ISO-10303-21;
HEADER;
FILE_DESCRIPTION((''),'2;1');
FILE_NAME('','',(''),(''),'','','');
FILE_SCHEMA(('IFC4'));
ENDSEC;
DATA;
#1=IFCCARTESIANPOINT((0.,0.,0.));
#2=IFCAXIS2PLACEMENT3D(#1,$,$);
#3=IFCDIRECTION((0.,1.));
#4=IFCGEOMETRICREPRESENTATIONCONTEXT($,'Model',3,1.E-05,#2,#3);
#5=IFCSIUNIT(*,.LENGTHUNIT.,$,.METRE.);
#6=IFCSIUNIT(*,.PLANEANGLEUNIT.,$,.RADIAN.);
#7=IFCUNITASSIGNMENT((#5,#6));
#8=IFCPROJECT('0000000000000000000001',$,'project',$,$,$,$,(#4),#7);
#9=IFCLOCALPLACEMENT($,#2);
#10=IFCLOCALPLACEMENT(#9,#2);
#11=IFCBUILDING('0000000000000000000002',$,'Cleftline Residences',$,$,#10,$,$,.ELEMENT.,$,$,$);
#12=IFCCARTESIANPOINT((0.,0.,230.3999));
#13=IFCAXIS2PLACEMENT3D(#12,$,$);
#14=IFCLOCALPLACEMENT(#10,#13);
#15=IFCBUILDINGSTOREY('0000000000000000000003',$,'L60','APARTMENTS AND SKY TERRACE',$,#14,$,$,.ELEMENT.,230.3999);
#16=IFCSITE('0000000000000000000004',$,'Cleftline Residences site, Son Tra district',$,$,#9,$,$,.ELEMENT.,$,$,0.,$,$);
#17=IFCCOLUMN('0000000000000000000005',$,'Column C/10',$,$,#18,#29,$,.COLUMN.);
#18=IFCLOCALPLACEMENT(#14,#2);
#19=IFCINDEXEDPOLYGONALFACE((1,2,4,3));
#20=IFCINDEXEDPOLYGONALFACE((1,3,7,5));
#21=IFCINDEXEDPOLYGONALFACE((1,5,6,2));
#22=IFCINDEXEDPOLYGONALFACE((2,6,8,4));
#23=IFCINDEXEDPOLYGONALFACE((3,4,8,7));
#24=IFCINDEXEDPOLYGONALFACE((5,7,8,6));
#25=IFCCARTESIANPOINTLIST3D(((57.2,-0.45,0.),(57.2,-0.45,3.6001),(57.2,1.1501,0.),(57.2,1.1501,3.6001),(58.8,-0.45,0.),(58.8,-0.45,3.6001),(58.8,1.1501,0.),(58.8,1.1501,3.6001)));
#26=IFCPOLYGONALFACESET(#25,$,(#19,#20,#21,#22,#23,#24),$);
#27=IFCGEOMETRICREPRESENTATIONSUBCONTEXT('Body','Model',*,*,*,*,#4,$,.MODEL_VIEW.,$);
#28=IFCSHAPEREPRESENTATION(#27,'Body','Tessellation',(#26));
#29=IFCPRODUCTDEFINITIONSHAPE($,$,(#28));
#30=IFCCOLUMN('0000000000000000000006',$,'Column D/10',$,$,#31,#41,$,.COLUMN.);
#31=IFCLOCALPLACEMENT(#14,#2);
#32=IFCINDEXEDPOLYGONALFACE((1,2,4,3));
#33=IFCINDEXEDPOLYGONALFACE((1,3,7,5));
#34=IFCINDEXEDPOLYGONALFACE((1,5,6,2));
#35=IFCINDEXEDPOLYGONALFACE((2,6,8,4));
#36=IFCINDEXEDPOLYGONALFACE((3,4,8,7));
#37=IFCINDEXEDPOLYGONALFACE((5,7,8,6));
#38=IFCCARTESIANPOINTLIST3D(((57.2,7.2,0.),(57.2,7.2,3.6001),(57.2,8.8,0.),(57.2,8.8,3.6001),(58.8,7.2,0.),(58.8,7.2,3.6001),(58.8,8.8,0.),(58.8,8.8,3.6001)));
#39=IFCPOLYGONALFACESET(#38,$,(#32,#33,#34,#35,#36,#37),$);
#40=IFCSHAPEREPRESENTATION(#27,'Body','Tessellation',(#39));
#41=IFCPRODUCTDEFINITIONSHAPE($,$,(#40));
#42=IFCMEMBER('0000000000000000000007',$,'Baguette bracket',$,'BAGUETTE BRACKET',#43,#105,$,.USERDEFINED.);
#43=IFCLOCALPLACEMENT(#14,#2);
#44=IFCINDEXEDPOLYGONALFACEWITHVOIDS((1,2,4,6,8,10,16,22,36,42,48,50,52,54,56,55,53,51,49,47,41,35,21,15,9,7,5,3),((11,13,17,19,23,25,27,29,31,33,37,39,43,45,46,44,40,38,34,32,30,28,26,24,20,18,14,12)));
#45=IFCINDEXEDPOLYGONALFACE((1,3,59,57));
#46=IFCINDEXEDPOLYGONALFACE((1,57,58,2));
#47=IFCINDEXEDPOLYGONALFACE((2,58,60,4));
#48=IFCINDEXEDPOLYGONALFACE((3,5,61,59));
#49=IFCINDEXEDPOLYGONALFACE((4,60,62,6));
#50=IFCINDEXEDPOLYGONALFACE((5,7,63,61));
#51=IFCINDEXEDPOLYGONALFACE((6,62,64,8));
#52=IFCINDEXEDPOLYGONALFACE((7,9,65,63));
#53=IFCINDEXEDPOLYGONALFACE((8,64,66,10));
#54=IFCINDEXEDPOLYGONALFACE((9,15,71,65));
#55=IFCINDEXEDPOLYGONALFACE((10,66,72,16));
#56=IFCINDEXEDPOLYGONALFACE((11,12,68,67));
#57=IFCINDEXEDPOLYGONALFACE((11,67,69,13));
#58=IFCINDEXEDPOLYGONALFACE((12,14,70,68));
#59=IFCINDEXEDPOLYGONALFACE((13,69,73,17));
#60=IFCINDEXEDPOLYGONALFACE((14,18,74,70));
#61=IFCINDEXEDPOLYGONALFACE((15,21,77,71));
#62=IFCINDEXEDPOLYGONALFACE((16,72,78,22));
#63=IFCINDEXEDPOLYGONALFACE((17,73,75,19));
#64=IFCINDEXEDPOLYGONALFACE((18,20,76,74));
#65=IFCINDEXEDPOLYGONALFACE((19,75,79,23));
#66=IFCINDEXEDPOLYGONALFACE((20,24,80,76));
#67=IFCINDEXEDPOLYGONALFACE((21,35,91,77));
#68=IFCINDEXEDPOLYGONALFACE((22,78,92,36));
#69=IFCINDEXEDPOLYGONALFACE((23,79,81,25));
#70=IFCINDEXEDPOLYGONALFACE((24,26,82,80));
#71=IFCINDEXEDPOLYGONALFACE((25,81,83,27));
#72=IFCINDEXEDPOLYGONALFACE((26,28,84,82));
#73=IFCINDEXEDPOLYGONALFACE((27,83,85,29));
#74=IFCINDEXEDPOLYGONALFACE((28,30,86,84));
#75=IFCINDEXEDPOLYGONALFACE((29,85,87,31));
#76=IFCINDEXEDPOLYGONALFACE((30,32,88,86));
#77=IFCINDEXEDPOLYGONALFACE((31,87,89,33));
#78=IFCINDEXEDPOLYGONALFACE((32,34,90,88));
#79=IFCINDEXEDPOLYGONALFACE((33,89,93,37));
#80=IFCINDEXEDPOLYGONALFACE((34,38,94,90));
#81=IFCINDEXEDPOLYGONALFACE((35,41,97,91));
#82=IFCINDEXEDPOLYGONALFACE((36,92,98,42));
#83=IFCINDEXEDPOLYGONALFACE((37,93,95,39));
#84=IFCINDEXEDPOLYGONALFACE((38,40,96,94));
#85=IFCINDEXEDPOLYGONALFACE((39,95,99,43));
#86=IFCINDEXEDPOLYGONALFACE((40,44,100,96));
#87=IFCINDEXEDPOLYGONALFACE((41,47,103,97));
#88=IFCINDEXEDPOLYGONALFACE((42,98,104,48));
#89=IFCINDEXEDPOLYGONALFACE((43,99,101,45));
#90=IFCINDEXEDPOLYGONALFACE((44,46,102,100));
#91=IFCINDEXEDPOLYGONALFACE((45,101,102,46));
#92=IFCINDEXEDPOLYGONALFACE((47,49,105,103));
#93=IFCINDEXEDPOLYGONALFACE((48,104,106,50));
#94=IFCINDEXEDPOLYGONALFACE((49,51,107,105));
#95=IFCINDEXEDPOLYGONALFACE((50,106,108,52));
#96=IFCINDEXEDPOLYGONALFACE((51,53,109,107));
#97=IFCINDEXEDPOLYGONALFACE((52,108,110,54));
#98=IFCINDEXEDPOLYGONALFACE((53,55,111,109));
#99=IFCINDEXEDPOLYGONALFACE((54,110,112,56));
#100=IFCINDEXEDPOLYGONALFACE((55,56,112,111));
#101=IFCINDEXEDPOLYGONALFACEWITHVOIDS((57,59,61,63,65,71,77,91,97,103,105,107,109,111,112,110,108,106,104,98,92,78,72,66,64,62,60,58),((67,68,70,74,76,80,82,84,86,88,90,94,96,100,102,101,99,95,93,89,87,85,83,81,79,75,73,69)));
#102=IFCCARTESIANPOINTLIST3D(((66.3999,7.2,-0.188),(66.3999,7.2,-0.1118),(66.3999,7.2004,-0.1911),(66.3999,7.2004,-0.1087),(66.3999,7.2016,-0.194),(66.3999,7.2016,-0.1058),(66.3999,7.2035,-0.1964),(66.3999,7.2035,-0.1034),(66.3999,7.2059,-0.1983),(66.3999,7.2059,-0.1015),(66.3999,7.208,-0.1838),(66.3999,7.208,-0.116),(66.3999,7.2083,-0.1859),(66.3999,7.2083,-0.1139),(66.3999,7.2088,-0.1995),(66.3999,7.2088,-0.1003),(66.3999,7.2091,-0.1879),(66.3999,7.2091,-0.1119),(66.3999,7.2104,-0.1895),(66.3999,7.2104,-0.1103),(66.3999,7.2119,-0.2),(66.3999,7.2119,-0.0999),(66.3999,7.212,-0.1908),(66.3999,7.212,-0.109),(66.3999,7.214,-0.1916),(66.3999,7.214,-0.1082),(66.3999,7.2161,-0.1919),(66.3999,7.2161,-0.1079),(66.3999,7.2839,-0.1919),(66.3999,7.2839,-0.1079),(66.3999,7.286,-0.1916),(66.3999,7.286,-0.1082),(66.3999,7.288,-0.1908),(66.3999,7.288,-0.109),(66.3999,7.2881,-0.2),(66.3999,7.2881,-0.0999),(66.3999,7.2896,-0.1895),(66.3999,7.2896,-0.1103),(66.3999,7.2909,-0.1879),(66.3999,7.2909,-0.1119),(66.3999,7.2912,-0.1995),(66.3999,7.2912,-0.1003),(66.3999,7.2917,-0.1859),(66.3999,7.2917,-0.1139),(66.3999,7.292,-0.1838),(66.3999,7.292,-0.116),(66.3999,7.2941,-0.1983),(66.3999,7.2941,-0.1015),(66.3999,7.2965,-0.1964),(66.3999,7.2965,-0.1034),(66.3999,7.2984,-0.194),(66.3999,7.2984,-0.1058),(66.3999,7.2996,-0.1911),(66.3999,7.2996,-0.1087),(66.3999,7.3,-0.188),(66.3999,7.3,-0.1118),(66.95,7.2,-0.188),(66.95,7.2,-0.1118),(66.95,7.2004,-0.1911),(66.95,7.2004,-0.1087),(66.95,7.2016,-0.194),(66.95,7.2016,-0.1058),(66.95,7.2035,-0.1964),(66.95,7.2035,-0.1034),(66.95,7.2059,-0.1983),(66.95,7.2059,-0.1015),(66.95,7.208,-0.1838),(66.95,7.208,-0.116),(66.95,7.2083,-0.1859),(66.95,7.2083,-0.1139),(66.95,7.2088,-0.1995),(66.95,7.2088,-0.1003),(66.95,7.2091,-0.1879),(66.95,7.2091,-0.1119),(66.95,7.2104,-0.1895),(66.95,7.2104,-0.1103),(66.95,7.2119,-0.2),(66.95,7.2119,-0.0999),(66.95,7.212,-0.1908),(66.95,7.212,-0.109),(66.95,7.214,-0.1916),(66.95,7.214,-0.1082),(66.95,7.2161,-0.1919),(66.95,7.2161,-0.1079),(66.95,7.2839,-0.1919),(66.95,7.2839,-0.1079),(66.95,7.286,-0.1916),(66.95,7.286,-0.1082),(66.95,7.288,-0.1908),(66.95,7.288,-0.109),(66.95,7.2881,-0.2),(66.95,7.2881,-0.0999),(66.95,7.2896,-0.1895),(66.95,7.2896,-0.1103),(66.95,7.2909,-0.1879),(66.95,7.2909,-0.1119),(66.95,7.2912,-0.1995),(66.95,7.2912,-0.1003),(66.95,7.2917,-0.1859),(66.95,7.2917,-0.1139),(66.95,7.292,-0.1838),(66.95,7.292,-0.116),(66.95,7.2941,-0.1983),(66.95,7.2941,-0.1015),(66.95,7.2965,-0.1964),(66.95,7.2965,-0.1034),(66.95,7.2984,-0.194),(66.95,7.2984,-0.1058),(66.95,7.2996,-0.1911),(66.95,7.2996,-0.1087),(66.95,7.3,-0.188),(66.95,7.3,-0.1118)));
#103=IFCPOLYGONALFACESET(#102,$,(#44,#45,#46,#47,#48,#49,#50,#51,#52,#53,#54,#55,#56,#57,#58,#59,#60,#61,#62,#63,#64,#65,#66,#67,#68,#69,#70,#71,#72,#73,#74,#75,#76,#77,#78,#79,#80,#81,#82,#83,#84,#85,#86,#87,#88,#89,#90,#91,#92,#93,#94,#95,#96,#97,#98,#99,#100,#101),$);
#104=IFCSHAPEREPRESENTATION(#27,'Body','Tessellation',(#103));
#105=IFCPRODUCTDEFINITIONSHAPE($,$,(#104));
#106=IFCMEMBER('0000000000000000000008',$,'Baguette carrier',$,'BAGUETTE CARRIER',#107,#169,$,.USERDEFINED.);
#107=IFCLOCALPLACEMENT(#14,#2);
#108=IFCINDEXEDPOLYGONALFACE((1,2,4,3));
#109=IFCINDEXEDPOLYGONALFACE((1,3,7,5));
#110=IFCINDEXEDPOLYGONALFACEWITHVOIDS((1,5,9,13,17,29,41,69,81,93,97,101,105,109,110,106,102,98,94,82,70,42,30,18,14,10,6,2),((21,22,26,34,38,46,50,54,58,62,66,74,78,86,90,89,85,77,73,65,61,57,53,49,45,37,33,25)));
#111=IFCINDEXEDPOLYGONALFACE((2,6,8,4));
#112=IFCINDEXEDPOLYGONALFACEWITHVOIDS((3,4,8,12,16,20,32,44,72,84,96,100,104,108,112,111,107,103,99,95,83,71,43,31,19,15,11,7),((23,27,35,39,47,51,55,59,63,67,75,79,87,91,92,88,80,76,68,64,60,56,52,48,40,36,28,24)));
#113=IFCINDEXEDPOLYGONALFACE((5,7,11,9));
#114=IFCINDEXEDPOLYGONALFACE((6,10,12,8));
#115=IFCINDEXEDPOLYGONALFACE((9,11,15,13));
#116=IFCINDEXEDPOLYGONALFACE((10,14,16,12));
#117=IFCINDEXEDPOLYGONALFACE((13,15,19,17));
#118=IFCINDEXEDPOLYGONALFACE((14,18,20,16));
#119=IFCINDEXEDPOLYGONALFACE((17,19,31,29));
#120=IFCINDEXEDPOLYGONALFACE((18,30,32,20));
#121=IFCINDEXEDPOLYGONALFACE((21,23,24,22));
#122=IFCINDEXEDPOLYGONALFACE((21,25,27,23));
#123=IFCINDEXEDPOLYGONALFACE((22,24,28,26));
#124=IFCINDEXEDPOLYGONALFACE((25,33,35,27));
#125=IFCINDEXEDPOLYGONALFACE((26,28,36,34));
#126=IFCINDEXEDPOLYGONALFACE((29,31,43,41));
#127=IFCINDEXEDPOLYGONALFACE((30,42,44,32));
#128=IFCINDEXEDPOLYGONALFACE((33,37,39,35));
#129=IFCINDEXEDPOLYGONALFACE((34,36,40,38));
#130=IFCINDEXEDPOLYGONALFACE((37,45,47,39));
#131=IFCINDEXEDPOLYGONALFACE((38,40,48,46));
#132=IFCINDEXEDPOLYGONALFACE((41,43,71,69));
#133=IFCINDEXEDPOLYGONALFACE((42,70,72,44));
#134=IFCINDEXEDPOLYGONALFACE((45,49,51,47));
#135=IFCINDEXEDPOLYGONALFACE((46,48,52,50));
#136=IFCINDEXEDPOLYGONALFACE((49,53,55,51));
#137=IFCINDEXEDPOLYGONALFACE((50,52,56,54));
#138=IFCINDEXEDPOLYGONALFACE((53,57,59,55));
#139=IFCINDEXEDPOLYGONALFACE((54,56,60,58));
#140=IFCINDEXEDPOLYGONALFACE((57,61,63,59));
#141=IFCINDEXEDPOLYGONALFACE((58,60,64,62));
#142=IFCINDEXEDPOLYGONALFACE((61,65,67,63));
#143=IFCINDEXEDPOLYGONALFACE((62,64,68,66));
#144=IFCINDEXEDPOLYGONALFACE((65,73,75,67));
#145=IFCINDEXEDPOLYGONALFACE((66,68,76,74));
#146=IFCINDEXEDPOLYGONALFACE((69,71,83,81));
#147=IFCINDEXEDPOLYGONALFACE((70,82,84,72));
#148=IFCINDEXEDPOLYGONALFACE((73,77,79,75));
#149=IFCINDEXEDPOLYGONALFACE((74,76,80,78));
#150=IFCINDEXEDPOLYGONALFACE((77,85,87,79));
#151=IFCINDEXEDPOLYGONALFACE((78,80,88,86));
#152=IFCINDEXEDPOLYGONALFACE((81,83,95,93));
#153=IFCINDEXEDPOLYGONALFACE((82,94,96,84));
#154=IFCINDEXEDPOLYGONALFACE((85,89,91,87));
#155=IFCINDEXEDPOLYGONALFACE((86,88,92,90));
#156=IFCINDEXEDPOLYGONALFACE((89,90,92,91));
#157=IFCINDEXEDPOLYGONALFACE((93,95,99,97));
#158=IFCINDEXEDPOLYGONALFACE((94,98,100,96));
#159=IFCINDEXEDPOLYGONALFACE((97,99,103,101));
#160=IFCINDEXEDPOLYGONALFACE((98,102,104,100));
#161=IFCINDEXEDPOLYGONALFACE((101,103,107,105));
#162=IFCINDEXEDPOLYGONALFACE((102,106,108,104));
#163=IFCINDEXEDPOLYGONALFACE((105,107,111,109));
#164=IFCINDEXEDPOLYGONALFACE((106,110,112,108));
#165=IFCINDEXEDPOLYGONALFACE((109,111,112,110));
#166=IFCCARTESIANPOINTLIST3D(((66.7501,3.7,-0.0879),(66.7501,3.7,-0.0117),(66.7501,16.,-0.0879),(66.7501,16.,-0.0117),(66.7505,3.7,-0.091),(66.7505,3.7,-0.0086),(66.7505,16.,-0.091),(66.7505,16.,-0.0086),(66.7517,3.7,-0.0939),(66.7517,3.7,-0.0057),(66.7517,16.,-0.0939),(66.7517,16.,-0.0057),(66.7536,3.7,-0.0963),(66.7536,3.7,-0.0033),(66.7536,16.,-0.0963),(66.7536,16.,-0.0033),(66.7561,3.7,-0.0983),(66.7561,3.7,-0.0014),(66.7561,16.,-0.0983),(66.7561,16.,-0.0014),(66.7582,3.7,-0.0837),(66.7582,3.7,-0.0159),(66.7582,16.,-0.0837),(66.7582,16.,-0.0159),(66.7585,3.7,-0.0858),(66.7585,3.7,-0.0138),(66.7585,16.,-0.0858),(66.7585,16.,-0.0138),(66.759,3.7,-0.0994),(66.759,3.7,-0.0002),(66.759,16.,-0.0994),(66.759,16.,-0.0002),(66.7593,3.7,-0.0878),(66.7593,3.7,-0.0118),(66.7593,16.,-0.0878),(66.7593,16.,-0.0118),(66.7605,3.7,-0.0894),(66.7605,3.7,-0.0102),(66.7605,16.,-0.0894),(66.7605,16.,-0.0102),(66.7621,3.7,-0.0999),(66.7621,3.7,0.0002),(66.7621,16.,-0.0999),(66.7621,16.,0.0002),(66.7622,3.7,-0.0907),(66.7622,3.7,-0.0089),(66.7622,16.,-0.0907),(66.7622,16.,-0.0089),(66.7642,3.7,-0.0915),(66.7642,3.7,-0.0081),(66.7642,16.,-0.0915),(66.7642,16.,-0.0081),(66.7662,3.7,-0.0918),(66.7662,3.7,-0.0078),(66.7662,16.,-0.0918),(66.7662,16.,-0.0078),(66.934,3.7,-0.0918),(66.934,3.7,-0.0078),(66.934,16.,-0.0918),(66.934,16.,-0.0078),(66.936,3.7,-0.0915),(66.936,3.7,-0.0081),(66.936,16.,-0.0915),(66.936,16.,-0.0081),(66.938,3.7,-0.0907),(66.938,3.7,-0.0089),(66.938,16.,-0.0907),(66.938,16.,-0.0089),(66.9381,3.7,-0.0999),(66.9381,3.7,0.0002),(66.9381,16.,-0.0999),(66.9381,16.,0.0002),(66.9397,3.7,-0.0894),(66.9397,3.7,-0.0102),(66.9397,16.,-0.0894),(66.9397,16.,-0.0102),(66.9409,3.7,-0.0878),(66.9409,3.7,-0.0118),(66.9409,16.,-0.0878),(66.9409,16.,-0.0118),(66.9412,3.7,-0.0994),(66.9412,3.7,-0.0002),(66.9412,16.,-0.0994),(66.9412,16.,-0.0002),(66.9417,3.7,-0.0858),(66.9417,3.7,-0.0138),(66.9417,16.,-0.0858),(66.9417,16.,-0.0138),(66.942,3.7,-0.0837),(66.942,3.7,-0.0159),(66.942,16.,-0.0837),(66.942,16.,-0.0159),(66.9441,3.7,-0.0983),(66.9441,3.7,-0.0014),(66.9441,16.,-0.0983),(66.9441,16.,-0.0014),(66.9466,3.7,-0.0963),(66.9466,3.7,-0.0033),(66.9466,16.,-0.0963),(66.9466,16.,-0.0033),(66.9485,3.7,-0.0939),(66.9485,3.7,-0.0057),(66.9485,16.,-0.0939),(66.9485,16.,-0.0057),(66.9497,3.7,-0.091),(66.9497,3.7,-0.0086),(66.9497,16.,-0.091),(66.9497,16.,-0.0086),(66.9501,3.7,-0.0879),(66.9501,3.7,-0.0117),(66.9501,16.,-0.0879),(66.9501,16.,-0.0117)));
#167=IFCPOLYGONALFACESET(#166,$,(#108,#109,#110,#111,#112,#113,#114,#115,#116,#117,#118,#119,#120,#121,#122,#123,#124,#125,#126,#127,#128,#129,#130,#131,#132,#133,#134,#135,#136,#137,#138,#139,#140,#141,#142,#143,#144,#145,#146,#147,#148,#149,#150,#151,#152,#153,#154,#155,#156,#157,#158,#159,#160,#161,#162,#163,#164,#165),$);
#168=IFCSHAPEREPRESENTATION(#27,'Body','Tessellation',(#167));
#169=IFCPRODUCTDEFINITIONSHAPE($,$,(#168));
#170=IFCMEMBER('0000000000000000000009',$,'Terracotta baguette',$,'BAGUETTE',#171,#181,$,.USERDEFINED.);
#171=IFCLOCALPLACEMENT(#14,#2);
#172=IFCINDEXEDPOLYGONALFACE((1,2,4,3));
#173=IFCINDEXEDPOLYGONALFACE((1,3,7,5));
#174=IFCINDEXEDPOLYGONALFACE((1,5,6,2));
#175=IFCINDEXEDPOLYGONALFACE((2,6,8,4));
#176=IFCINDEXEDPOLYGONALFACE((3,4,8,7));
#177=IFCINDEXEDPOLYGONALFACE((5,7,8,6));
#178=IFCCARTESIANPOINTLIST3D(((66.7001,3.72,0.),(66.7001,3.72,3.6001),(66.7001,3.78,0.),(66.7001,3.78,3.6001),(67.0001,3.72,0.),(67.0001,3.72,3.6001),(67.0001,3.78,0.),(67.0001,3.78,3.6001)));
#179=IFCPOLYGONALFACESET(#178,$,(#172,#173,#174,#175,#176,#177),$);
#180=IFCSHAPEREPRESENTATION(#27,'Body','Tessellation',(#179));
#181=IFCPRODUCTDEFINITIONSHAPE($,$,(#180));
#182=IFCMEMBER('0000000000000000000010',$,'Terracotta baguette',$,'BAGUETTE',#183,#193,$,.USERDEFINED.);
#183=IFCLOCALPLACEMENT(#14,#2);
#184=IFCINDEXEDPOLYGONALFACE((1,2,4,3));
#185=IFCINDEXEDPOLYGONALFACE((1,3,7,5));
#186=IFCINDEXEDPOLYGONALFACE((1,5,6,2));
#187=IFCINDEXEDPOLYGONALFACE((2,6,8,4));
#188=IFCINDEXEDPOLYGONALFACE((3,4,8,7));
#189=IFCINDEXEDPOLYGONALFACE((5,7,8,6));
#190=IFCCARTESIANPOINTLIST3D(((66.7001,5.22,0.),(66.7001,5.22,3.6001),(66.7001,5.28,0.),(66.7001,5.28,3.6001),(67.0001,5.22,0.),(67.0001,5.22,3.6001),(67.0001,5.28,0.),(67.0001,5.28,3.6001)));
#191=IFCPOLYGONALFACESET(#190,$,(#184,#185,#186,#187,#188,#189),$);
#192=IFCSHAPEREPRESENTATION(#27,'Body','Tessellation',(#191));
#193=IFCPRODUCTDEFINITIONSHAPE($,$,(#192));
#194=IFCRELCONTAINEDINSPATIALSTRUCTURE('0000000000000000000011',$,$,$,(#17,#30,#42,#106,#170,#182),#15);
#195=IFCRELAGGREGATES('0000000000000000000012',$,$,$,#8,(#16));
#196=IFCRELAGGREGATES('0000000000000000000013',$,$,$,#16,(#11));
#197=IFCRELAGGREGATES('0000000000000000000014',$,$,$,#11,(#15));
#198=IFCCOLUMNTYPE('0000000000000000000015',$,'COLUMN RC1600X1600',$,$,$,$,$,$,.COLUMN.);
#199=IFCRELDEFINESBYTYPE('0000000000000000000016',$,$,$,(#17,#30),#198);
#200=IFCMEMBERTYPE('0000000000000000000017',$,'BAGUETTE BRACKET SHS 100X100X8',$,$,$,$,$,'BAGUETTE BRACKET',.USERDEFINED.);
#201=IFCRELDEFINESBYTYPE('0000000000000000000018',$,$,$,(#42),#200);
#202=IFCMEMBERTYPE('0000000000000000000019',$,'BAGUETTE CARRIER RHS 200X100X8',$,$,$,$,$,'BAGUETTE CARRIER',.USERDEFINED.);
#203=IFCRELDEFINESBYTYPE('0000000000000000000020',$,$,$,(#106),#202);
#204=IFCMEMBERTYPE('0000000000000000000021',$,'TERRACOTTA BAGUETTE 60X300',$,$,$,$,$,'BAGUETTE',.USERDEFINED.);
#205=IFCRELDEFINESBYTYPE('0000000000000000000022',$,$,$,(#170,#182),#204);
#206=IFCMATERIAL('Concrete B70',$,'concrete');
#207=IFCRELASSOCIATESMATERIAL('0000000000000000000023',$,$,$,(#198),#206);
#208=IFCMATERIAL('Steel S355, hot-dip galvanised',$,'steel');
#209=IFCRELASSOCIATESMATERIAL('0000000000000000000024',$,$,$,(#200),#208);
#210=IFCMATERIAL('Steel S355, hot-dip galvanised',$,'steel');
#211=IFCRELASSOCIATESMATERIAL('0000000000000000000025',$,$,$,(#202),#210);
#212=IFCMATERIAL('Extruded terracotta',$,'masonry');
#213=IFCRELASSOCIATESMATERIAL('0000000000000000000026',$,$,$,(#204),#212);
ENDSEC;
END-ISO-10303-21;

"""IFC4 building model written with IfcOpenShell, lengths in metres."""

from ifc_helpers import new_model, si_unit, direction, frame, origin, origin_2d, place, context, subcontext, project, spatial, rectangle, hollow_rectangle, extrude, material, material_profile, profile_set, type_object, element, save


model = new_model("IFC4")

# Units and contexts
model_context = context("Model", 3, precision=1e-05, world=origin(), true_north=direction((0.0, 1.0)))
body_context = subcontext(model_context, "Body", "Model", "MODEL_VIEW")
ifc_project = project(units=[si_unit("LENGTHUNIT", "METRE"), si_unit("PLANEANGLEUNIT", "RADIAN")], contexts=[model_context])

# Site, building, storey
site_placement = place(None, origin())
site = spatial("IfcSite", under=ifc_project, at=site_placement, Name="Cleftline Residences site, Son Tra district", CompositionType="ELEMENT", RefElevation=0.0)
building_placement = place(site_placement, origin())
building = spatial("IfcBuilding", under=site, at=building_placement, Name="Cleftline Residences", CompositionType="ELEMENT")
storey_placement = place(building_placement, frame((0.0, 0.0, 230.3999)))
storey = spatial("IfcBuildingStorey", under=building, at=storey_placement, Name="L60", Description="APARTMENTS AND SKY TERRACE", CompositionType="ELEMENT", Elevation=230.3999)

# Columns
ifc_material_1 = material(Name="Concrete B70", Category="concrete")
ifc_material_profile_1 = material_profile(ifc_material_1, rectangle(XDim=1.6001, YDim=1.6001, at=origin_2d()))
ifc_profile_set_1 = profile_set([ifc_material_profile_1], Name="Concrete B70")
column_type = type_object("IfcColumnType", Name="COLUMN RC1600X1600", PredefinedType="COLUMN", material=ifc_profile_set_1)
for number, where, z_axis, x_axis, name in (
    (1, (58.0, 0.3501, 0.0), (0.0, 0.0, 1.0), (1.0, 0.0, 0.0), "Column C/10"),
    (2, (58.0, 8.0, 0.0), (0.0, 0.0, 1.0), (1.0, 0.0, 0.0), "Column D/10"),
):
    element("IfcColumn", number, at=place(storey_placement, frame(where, z_axis=z_axis, x_axis=x_axis)), inside=storey, type_object=column_type, Name=name, PredefinedType="COLUMN", context=body_context, shape_type="SweptSolid", body=[
        extrude(rectangle(XDim=1.6001, YDim=1.6001, at=origin_2d()), origin(), (0.0, 0.0, 1.0), 3.6001),
    ])

# Members
ifc_material_2 = material(Name="Steel S355, hot-dip galvanised", Category="steel")
ifc_material_profile_2 = material_profile(ifc_material_2, hollow_rectangle(XDim=0.1001, YDim=0.1001, WallThickness=0.0081, InnerFilletRadius=0.0081, OuterFilletRadius=0.012, at=origin_2d()))
ifc_profile_set_2 = profile_set([ifc_material_profile_2], Name="Steel S355, hot-dip galvanised")
member_type_1 = type_object("IfcMemberType", Name="BAGUETTE BRACKET SHS 100X100X8", ElementType="BAGUETTE BRACKET", PredefinedType="USERDEFINED", material=ifc_profile_set_2)
member_1_placement = place(storey_placement, frame((66.3999, 7.25, -0.1499), z_axis=(1.0, 0.0, 0.0), x_axis=(0.0, 1.0, 0.0)))
element("IfcMember", 3, at=member_1_placement, inside=storey, type_object=member_type_1, Name="Baguette bracket", ObjectType="BAGUETTE BRACKET", PredefinedType="USERDEFINED", context=body_context, shape_type="SweptSolid", body=[
    extrude(hollow_rectangle(XDim=0.1001, YDim=0.1001, WallThickness=0.0081, InnerFilletRadius=0.0081, OuterFilletRadius=0.012, at=origin_2d()), origin(), (0.0, 0.0, 1.0), 0.55),
])
ifc_material_3 = material(Name="Steel S355, hot-dip galvanised", Category="steel")
ifc_material_profile_3 = material_profile(ifc_material_3, hollow_rectangle(XDim=0.1001, YDim=0.2, WallThickness=0.0081, InnerFilletRadius=0.0081, OuterFilletRadius=0.012, at=origin_2d()))
ifc_profile_set_3 = profile_set([ifc_material_profile_3], Name="Steel S355, hot-dip galvanised")
member_type_2 = type_object("IfcMemberType", Name="BAGUETTE CARRIER RHS 200X100X8", ElementType="BAGUETTE CARRIER", PredefinedType="USERDEFINED", material=ifc_profile_set_3)
member_2_placement = place(storey_placement, frame((66.8501, 3.7, -0.0498), z_axis=(0.0, 1.0, 0.0), x_axis=(0.0, 0.0, 1.0)))
element("IfcMember", 4, at=member_2_placement, inside=storey, type_object=member_type_2, Name="Baguette carrier", ObjectType="BAGUETTE CARRIER", PredefinedType="USERDEFINED", context=body_context, shape_type="SweptSolid", body=[
    extrude(hollow_rectangle(XDim=0.1001, YDim=0.2, WallThickness=0.0081, InnerFilletRadius=0.0081, OuterFilletRadius=0.012, at=origin_2d()), origin(), (0.0, 0.0, 1.0), 12.3),
])
ifc_material_4 = material(Name="Extruded terracotta", Category="masonry")
ifc_material_profile_4 = material_profile(ifc_material_4, rectangle(XDim=0.0601, YDim=0.3, at=origin_2d()))
ifc_profile_set_4 = profile_set([ifc_material_profile_4], Name="Extruded terracotta")
member_type_3 = type_object("IfcMemberType", Name="TERRACOTTA BAGUETTE 60X300", ElementType="BAGUETTE", PredefinedType="USERDEFINED", material=ifc_profile_set_4)
for number, where, z_axis, x_axis, name in (
    (5, (66.8501, 3.75, 0.0), (0.0, 0.0, 1.0), (0.0, 1.0, 0.0), "Terracotta baguette"),
    (6, (66.8501, 5.25, 0.0), (0.0, 0.0, 1.0), (0.0, 1.0, 0.0), "Terracotta baguette"),
):
    element("IfcMember", number, at=place(storey_placement, frame(where, z_axis=z_axis, x_axis=x_axis)), inside=storey, type_object=member_type_3, Name=name, ObjectType="BAGUETTE", PredefinedType="USERDEFINED", context=body_context, shape_type="SweptSolid", body=[
        extrude(rectangle(XDim=0.0601, YDim=0.3, at=origin_2d()), origin(), (0.0, 0.0, 1.0), 3.6001),
    ])

save(model, "model.ifc")
